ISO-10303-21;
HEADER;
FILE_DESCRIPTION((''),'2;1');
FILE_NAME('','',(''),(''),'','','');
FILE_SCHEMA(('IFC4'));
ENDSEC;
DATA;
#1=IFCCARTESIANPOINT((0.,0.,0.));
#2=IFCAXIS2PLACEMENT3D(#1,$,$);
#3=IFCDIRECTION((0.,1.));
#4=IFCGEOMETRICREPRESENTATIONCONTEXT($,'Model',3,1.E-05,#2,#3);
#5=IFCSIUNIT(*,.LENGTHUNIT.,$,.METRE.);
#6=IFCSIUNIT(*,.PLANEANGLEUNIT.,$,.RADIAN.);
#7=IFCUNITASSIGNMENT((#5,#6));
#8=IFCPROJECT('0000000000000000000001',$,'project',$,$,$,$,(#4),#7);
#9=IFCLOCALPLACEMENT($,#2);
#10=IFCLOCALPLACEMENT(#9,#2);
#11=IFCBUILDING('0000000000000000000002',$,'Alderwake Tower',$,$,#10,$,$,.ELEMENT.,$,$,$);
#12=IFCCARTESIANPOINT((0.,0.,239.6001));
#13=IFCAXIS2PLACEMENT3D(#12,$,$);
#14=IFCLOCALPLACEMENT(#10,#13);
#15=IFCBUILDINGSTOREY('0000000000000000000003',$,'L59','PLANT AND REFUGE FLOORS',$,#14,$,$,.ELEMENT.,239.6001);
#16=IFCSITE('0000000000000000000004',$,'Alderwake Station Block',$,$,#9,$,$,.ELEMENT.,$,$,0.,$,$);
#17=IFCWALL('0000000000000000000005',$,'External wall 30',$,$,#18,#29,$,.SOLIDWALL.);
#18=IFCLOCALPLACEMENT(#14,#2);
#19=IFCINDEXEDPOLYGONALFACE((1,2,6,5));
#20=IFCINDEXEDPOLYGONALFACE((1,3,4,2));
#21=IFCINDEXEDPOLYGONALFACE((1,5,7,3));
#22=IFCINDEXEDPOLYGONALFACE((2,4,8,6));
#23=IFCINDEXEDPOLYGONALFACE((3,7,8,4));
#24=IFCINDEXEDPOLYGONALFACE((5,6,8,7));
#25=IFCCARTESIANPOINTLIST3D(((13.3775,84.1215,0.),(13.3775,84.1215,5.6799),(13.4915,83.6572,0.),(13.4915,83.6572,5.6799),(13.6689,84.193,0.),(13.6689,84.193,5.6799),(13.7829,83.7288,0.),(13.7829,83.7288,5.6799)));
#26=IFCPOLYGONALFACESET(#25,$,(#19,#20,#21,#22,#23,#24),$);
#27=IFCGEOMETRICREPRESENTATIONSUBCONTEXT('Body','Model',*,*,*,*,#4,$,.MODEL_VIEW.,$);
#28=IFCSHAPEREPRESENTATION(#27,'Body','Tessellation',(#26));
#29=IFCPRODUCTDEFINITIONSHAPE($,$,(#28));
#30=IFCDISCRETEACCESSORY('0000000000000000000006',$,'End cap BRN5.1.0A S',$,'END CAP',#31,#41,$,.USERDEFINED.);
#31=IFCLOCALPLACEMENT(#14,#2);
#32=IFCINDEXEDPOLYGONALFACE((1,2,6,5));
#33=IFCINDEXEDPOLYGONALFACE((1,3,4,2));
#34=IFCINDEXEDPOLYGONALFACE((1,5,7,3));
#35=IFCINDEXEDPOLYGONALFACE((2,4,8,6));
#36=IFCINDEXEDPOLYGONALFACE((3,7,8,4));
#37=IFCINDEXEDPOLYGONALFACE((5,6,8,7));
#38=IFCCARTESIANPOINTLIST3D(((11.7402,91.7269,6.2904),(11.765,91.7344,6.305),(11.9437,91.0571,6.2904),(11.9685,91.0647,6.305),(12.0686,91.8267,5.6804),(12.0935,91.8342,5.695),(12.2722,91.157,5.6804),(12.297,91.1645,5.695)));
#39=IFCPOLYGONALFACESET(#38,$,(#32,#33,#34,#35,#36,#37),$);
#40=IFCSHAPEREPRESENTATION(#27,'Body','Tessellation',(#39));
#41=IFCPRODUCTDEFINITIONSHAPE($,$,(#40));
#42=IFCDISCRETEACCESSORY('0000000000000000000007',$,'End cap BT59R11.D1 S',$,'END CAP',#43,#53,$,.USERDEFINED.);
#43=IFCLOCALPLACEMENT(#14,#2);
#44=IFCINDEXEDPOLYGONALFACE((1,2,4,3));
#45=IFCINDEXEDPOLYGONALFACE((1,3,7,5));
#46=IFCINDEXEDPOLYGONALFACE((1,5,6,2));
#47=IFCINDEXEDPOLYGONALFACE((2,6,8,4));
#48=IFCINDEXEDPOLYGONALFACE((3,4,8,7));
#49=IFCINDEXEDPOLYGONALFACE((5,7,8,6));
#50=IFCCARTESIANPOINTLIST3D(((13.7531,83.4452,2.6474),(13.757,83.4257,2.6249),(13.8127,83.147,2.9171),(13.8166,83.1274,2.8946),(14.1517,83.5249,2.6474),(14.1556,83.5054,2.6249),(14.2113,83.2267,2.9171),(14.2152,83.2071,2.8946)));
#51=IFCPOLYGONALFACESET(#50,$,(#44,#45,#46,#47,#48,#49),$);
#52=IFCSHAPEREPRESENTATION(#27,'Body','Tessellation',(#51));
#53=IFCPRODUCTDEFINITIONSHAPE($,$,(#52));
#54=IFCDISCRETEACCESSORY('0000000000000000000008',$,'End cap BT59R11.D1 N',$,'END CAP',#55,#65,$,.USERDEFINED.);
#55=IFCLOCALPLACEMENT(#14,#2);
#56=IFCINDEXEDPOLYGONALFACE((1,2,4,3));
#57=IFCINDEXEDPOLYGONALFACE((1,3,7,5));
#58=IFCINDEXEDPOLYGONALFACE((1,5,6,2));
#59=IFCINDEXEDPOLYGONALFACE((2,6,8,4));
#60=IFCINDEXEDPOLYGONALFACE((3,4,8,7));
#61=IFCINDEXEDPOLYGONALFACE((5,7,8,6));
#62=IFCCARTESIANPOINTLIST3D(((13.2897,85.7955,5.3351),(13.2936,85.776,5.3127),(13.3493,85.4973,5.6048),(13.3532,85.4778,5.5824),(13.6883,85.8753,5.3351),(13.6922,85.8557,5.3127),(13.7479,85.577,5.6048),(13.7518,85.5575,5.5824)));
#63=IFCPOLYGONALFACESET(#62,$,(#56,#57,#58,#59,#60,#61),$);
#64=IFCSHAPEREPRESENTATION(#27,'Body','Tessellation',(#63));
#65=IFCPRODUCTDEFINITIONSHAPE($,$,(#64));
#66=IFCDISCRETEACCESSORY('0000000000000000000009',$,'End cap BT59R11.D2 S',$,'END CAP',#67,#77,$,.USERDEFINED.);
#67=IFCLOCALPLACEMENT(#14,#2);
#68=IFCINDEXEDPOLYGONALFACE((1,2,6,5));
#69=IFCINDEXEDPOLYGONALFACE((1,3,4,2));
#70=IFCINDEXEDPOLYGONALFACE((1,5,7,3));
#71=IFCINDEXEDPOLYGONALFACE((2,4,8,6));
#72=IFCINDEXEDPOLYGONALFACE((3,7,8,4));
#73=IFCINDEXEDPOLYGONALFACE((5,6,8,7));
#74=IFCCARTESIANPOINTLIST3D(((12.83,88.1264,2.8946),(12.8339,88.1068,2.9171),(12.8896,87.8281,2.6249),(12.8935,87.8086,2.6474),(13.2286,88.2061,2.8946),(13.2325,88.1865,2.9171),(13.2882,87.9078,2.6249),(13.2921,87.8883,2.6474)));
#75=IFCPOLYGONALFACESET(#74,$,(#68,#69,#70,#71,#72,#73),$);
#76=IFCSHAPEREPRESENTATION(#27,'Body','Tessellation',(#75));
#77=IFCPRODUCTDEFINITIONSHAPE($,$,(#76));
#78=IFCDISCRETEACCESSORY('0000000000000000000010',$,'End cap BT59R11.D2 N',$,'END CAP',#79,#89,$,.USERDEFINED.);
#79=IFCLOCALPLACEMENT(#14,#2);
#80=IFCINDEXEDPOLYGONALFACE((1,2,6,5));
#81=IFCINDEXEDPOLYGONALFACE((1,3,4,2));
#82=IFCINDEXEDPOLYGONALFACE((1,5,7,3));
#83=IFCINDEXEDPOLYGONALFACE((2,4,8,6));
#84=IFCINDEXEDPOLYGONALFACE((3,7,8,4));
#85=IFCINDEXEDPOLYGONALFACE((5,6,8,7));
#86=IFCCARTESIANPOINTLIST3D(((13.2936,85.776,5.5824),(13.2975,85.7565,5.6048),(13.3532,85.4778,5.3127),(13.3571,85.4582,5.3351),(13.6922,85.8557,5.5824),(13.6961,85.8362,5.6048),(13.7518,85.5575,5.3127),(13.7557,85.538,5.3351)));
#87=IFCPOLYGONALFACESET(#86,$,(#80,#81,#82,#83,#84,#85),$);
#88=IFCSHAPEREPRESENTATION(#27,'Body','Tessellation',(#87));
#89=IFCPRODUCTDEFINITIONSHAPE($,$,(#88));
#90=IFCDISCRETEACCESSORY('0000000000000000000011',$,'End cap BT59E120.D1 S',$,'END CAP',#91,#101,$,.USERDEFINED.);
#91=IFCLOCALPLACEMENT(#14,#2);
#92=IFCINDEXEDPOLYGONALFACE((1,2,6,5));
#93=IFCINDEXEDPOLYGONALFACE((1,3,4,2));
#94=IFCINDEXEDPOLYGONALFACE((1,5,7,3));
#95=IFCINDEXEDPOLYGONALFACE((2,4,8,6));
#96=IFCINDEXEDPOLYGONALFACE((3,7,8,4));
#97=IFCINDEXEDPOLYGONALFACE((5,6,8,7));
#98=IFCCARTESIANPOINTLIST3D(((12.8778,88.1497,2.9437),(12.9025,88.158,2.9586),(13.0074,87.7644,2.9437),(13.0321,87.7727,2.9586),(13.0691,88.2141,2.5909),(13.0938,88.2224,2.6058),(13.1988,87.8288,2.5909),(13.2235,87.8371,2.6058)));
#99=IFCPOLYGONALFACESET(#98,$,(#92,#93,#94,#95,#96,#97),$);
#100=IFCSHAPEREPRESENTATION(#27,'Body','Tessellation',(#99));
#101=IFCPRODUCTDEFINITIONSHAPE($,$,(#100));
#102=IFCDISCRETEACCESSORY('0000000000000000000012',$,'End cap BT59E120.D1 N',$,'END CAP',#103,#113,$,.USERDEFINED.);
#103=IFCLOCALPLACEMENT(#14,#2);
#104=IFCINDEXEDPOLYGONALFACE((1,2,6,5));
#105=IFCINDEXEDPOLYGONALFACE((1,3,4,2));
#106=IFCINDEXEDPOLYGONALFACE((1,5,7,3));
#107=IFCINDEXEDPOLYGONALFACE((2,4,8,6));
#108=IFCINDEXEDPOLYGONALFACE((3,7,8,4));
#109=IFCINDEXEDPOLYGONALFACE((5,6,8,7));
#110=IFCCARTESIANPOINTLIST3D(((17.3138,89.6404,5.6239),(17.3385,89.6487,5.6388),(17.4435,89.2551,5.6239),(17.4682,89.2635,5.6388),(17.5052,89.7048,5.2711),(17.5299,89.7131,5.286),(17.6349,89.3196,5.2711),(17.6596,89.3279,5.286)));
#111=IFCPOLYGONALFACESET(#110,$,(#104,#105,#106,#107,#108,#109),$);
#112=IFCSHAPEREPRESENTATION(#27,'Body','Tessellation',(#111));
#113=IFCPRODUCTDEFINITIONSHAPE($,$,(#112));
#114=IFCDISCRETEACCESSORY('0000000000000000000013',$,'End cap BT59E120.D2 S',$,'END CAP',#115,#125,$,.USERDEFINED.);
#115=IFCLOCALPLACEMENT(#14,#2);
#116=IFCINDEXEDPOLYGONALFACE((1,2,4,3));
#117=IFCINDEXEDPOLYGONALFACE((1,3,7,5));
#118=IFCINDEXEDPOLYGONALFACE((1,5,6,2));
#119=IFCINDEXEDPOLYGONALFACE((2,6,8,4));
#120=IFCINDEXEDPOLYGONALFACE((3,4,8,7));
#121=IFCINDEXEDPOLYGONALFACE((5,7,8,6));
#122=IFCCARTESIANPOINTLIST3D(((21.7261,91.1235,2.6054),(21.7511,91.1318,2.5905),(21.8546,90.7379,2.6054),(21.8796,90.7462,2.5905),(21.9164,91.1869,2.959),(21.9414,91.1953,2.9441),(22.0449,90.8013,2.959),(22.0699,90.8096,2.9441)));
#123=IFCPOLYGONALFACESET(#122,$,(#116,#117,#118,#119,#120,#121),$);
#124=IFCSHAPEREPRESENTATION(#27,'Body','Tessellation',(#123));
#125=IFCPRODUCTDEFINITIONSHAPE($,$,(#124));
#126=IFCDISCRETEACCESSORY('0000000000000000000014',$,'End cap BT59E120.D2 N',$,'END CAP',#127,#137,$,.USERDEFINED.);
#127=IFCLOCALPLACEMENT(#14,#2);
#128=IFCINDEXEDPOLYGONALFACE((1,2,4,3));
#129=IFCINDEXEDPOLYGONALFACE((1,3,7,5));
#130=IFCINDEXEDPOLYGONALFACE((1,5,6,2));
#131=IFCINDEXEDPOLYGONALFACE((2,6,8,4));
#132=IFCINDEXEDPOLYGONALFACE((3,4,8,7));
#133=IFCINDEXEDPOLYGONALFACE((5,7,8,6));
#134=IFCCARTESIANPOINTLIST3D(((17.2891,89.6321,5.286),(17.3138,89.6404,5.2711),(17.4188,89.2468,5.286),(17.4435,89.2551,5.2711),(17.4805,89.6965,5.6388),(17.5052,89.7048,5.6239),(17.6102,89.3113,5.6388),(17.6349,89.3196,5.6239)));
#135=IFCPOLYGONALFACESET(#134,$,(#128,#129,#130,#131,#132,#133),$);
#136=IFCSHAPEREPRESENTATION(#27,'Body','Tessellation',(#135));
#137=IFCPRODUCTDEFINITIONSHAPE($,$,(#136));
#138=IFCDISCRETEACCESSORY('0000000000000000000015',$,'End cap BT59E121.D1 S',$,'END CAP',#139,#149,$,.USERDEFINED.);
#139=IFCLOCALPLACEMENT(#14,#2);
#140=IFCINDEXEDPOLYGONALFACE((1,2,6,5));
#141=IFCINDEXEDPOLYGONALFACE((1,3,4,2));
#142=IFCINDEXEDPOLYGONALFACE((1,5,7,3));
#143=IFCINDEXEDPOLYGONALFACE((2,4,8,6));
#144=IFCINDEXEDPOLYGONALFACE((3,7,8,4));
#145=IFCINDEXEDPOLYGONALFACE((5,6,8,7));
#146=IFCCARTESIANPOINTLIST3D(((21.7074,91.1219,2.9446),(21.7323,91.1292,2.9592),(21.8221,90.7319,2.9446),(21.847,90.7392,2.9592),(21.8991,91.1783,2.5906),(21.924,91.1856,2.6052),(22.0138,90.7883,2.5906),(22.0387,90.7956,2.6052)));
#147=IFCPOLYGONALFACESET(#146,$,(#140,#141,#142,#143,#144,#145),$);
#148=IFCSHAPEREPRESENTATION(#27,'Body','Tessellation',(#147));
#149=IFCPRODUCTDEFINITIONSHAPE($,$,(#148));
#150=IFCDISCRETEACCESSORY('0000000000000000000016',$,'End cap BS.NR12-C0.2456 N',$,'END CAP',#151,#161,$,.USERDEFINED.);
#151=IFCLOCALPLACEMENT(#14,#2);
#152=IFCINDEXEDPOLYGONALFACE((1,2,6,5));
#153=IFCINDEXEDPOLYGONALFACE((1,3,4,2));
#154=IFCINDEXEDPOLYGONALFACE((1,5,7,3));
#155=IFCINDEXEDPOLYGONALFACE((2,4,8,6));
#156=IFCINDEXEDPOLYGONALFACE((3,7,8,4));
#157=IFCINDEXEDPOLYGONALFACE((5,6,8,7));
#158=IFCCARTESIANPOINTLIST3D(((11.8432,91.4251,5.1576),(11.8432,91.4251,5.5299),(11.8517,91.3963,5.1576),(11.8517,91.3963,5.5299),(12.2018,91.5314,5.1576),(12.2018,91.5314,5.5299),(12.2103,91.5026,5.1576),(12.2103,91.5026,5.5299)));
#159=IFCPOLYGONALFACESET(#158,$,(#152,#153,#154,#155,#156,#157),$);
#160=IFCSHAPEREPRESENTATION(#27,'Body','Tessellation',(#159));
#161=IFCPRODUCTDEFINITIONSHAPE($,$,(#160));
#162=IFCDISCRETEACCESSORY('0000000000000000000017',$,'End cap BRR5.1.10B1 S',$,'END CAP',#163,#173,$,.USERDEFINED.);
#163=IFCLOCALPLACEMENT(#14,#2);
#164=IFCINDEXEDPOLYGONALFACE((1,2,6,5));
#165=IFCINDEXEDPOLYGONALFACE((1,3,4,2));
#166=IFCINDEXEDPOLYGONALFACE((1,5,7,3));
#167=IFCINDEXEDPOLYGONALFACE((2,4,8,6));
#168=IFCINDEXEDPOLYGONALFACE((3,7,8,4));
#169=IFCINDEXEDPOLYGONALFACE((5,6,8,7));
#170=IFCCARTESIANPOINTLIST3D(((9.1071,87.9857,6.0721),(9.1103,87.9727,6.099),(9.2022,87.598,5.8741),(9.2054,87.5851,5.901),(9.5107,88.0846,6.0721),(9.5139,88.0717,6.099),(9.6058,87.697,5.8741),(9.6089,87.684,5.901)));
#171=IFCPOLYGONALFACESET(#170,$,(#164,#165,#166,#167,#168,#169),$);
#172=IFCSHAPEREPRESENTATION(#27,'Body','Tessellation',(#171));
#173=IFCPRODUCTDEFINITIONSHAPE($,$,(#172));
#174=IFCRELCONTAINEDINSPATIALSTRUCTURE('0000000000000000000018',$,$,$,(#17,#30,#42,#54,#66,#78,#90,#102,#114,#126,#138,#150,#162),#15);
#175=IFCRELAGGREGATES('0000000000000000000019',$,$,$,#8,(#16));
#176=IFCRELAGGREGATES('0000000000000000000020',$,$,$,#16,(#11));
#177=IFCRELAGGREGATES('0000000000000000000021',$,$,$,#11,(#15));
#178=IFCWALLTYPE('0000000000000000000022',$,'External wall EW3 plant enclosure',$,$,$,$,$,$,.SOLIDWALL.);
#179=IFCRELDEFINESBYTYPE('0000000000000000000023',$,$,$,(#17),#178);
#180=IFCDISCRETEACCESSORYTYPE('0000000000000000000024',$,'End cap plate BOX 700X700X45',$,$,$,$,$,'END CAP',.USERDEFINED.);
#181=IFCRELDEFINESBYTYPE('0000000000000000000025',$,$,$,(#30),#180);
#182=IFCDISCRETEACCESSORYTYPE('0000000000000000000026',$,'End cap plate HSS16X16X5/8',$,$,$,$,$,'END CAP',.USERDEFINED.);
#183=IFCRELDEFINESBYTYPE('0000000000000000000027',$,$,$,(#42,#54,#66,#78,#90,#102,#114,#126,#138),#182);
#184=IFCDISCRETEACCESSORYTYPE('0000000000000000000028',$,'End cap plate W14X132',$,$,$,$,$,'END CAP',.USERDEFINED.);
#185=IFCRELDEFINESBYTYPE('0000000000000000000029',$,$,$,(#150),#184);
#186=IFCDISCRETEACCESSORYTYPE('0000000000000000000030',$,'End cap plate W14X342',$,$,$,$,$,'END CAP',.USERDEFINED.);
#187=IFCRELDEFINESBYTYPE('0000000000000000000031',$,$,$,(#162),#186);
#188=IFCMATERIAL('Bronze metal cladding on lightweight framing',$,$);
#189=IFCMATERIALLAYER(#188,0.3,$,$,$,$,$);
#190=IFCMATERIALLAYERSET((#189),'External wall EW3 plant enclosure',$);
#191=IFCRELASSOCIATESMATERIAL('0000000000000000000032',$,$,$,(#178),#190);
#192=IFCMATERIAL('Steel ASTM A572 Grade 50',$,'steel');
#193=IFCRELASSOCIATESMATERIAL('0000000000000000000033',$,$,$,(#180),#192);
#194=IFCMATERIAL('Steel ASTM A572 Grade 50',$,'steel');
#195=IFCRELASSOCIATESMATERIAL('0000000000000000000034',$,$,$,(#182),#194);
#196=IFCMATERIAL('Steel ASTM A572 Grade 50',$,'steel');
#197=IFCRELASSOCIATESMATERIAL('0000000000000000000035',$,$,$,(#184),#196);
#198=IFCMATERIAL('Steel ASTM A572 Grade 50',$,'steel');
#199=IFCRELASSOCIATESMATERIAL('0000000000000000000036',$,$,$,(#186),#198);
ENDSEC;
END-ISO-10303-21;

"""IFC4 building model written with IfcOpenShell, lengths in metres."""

from ifc_helpers import new_model, si_unit, direction, frame, frame_2d, origin, origin_2d, place, context, subcontext, project, spatial, rectangle, extrude, material, layer, layer_set, material_profile, profile_set, type_object, element, save


model = new_model("IFC4")

# Units and contexts
model_context = context("Model", 3, precision=1e-05, world=origin(), true_north=direction((0.0, 1.0)))
body_context = subcontext(model_context, "Body", "Model", "MODEL_VIEW")
ifc_project = project(units=[si_unit("LENGTHUNIT", "METRE"), si_unit("PLANEANGLEUNIT", "RADIAN")], contexts=[model_context])

# Site, building, storey
site_placement = place(None, origin())
site = spatial("IfcSite", under=ifc_project, at=site_placement, Name="Alderwake Station Block", CompositionType="ELEMENT", RefElevation=0.0)
building_placement = place(site_placement, origin())
building = spatial("IfcBuilding", under=site, at=building_placement, Name="Alderwake Tower", CompositionType="ELEMENT")
storey_placement = place(building_placement, frame((0.0, 0.0, 239.6001)))
storey = spatial("IfcBuildingStorey", under=building, at=storey_placement, Name="L59", Description="PLANT AND REFUGE FLOORS", CompositionType="ELEMENT", Elevation=239.6001)

# Shared definitions
ifc_material_1 = material(Name="Bronze metal cladding on lightweight framing")
ifc_layer = layer(ifc_material_1, 0.3)
ifc_layer_set = layer_set([ifc_layer], Name="External wall EW3 plant enclosure")
wall_type = type_object("IfcWallType", Name="External wall EW3 plant enclosure", PredefinedType="SOLIDWALL", material=ifc_layer_set)

# Wall
wall_1_placement = place(storey_placement, frame((13.5232, 84.1572, 0.0), z_axis=(0.0, 0.0, 1.0), x_axis=(0.238449, -0.971155, 0.0)))
element("IfcWall", 1, at=wall_1_placement, inside=storey, type_object=wall_type, Name="External wall 30", PredefinedType="SOLIDWALL", context=body_context, shape_type="SweptSolid", body=[
    extrude(rectangle(XDim=0.478, YDim=0.3, at=frame_2d((0.239, 0.0))), origin(), (0.0, 0.0, 1.0), 5.6799),
])

# Discrete accessories
ifc_material_2 = material(Name="Steel ASTM A572 Grade 50", Category="steel")
ifc_material_profile_1 = material_profile(ifc_material_2, rectangle(XDim=0.7, YDim=0.7, at=origin_2d()), Name="BOX 700X700X45 cap")
ifc_profile_set_1 = profile_set([ifc_material_profile_1], Name="Steel ASTM A572 Grade 50")
discrete_accessory_type_1 = type_object("IfcDiscreteAccessoryType", Name="End cap plate BOX 700X700X45", ElementType="END CAP", PredefinedType="USERDEFINED", material=ifc_profile_set_1)
discrete_accessory_1_placement = place(storey_placement, frame((12.031, 91.4495, 6.0), z_axis=(-0.8338, -0.25341, -0.49047), x_axis=(0.290788, -0.956787, 0.0)))
element("IfcDiscreteAccessory", 2, at=discrete_accessory_1_placement, inside=storey, type_object=discrete_accessory_type_1, Name="End cap BRN5.1.0A S", ObjectType="END CAP", PredefinedType="USERDEFINED", context=body_context, shape_type="SweptSolid", body=[
    extrude(rectangle(XDim=0.7, YDim=0.7, at=origin_2d()), origin(), (0.0, 0.0, 1.0), 0.0298),
])
ifc_material_3 = material(Name="Steel ASTM A572 Grade 50", Category="steel")
ifc_material_profile_2 = material_profile(ifc_material_3, rectangle(XDim=0.4065, YDim=0.4065, at=origin_2d()), Name="HSS16X16X5/8 cap")
ifc_profile_set_2 = profile_set([ifc_material_profile_2], Name="Steel ASTM A572 Grade 50")
discrete_accessory_type_2 = type_object("IfcDiscreteAccessoryType", Name="End cap plate HSS16X16X5/8", ElementType="END CAP", PredefinedType="USERDEFINED", material=ifc_profile_set_2)
for number, where, z_axis, x_axis, name in (
    (3, (13.9822, 83.3359, 2.7822), (0.13012, -0.6506, -0.74819), (0.980581, 0.196116, 0.0), "End cap BT59R11.D1 S"),
    (4, (13.5227, 85.6667, 5.4475), (-0.13012, 0.6506, 0.74819), (-0.980581, -0.196116, 0.0), "End cap BT59R11.D1 N"),
    (5, (13.063, 87.9976, 2.7822), (-0.13012, 0.6506, -0.74819), (-0.980581, -0.196116, 0.0), "End cap BT59R11.D2 S"),
    (6, (13.5227, 85.6667, 5.4475), (0.13012, -0.6506, 0.74819), (0.980581, 0.196116, 0.0), "End cap BT59R11.D2 N"),
    (7, (13.063, 87.9976, 2.7822), (-0.822526, -0.27689, -0.496773), (0.319041, -0.947741, 0.0), "End cap BT59E120.D1 S"),
    (8, (17.4744, 89.48, 5.4475), (0.822526, 0.27689, 0.496773), (-0.319041, 0.947741, 0.0), "End cap BT59E120.D1 N"),
):
    element("IfcDiscreteAccessory", number, at=place(storey_placement, frame(where, z_axis=z_axis, x_axis=x_axis)), inside=storey, type_object=discrete_accessory_type_2, Name=name, ObjectType="END CAP", PredefinedType="USERDEFINED", context=body_context, shape_type="SweptSolid", body=[
        extrude(rectangle(XDim=0.4065, YDim=0.4065, at=origin_2d()), origin(), (0.0, 0.0, 1.0), 0.03),
    ])
discrete_accessory_2_placement = place(storey_placement, frame((21.8855, 90.9624, 2.7822), z_axis=(0.825134, 0.275045, -0.493462), x_axis=(-0.316228, 0.948683, 0.0)))
element("IfcDiscreteAccessory", 9, at=discrete_accessory_2_placement, inside=storey, type_object=discrete_accessory_type_2, Name="End cap BT59E120.D2 S", ObjectType="END CAP", PredefinedType="USERDEFINED", context=body_context, shape_type="SweptSolid", body=[
    extrude(rectangle(XDim=0.4065, YDim=0.4065, at=origin_2d()), origin(), (0.0, 0.0, 1.0), 0.0303),
])
discrete_accessory_3_placement = place(storey_placement, frame((17.4744, 89.48, 5.4475), z_axis=(-0.822526, -0.27689, 0.496773), x_axis=(0.319041, -0.947741, 0.0)))
element("IfcDiscreteAccessory", 10, at=discrete_accessory_3_placement, inside=storey, type_object=discrete_accessory_type_2, Name="End cap BT59E120.D2 N", ObjectType="END CAP", PredefinedType="USERDEFINED", context=body_context, shape_type="SweptSolid", body=[
    extrude(rectangle(XDim=0.4065, YDim=0.4065, at=origin_2d()), origin(), (0.0, 0.0, 1.0), 0.03),
])
discrete_accessory_4_placement = place(storey_placement, frame((21.8855, 90.9624, 2.7822), z_axis=(-0.835504, -0.245737, -0.491473), x_axis=(0.282166, -0.959366, 0.0)))
element("IfcDiscreteAccessory", 11, at=discrete_accessory_4_placement, inside=storey, type_object=discrete_accessory_type_2, Name="End cap BT59E121.D1 S", ObjectType="END CAP", PredefinedType="USERDEFINED", context=body_context, shape_type="SweptSolid", body=[
    extrude(rectangle(XDim=0.4065, YDim=0.4065, at=origin_2d()), origin(), (0.0, 0.0, 1.0), 0.0298),
])
ifc_material_4 = material(Name="Steel ASTM A572 Grade 50", Category="steel")
ifc_material_profile_3 = material_profile(ifc_material_4, rectangle(XDim=0.374, YDim=0.3723, at=origin_2d()), Name="W14X132 cap")
ifc_profile_set_3 = profile_set([ifc_material_profile_3], Name="Steel ASTM A572 Grade 50")
discrete_accessory_type_3 = type_object("IfcDiscreteAccessoryType", Name="End cap plate W14X132", ElementType="END CAP", PredefinedType="USERDEFINED", material=ifc_profile_set_3)
discrete_accessory_5_placement = place(storey_placement, frame((12.031, 91.4495, 5.3438), z_axis=(-0.284365, 0.958716, 0.0), x_axis=(-0.958716, -0.284365, 0.0)))
element("IfcDiscreteAccessory", 12, at=discrete_accessory_5_placement, inside=storey, type_object=discrete_accessory_type_3, Name="End cap BS.NR12-C0.2456 N", ObjectType="END CAP", PredefinedType="USERDEFINED", context=body_context, shape_type="SweptSolid", body=[
    extrude(rectangle(XDim=0.374, YDim=0.3723, at=origin_2d()), origin(), (0.0, 0.0, 1.0), 0.03),
])
ifc_material_5 = material(Name="Steel ASTM A572 Grade 50", Category="steel")
ifc_material_profile_4 = material_profile(ifc_material_5, rectangle(XDim=0.4155, YDim=0.4456, at=origin_2d()), Name="W14X342 cap")
ifc_profile_set_4 = profile_set([ifc_material_profile_4], Name="Steel ASTM A572 Grade 50")
discrete_accessory_type_4 = type_object("IfcDiscreteAccessoryType", Name="End cap plate W14X342", ElementType="END CAP", PredefinedType="USERDEFINED", material=ifc_profile_set_4)
discrete_accessory_6_placement = place(storey_placement, frame((9.3596, 87.8284, 6.0), z_axis=(-0.10587, 0.431622, -0.89582), x_axis=(-0.971211, -0.238222, 0.0)))
element("IfcDiscreteAccessory", 13, at=discrete_accessory_6_placement, inside=storey, type_object=discrete_accessory_type_4, Name="End cap BRR5.1.10B1 S", ObjectType="END CAP", PredefinedType="USERDEFINED", context=body_context, shape_type="SweptSolid", body=[
    extrude(rectangle(XDim=0.4155, YDim=0.4456, at=origin_2d()), origin(), (0.0, 0.0, 1.0), 0.03),
])

save(model, "model.ifc")
